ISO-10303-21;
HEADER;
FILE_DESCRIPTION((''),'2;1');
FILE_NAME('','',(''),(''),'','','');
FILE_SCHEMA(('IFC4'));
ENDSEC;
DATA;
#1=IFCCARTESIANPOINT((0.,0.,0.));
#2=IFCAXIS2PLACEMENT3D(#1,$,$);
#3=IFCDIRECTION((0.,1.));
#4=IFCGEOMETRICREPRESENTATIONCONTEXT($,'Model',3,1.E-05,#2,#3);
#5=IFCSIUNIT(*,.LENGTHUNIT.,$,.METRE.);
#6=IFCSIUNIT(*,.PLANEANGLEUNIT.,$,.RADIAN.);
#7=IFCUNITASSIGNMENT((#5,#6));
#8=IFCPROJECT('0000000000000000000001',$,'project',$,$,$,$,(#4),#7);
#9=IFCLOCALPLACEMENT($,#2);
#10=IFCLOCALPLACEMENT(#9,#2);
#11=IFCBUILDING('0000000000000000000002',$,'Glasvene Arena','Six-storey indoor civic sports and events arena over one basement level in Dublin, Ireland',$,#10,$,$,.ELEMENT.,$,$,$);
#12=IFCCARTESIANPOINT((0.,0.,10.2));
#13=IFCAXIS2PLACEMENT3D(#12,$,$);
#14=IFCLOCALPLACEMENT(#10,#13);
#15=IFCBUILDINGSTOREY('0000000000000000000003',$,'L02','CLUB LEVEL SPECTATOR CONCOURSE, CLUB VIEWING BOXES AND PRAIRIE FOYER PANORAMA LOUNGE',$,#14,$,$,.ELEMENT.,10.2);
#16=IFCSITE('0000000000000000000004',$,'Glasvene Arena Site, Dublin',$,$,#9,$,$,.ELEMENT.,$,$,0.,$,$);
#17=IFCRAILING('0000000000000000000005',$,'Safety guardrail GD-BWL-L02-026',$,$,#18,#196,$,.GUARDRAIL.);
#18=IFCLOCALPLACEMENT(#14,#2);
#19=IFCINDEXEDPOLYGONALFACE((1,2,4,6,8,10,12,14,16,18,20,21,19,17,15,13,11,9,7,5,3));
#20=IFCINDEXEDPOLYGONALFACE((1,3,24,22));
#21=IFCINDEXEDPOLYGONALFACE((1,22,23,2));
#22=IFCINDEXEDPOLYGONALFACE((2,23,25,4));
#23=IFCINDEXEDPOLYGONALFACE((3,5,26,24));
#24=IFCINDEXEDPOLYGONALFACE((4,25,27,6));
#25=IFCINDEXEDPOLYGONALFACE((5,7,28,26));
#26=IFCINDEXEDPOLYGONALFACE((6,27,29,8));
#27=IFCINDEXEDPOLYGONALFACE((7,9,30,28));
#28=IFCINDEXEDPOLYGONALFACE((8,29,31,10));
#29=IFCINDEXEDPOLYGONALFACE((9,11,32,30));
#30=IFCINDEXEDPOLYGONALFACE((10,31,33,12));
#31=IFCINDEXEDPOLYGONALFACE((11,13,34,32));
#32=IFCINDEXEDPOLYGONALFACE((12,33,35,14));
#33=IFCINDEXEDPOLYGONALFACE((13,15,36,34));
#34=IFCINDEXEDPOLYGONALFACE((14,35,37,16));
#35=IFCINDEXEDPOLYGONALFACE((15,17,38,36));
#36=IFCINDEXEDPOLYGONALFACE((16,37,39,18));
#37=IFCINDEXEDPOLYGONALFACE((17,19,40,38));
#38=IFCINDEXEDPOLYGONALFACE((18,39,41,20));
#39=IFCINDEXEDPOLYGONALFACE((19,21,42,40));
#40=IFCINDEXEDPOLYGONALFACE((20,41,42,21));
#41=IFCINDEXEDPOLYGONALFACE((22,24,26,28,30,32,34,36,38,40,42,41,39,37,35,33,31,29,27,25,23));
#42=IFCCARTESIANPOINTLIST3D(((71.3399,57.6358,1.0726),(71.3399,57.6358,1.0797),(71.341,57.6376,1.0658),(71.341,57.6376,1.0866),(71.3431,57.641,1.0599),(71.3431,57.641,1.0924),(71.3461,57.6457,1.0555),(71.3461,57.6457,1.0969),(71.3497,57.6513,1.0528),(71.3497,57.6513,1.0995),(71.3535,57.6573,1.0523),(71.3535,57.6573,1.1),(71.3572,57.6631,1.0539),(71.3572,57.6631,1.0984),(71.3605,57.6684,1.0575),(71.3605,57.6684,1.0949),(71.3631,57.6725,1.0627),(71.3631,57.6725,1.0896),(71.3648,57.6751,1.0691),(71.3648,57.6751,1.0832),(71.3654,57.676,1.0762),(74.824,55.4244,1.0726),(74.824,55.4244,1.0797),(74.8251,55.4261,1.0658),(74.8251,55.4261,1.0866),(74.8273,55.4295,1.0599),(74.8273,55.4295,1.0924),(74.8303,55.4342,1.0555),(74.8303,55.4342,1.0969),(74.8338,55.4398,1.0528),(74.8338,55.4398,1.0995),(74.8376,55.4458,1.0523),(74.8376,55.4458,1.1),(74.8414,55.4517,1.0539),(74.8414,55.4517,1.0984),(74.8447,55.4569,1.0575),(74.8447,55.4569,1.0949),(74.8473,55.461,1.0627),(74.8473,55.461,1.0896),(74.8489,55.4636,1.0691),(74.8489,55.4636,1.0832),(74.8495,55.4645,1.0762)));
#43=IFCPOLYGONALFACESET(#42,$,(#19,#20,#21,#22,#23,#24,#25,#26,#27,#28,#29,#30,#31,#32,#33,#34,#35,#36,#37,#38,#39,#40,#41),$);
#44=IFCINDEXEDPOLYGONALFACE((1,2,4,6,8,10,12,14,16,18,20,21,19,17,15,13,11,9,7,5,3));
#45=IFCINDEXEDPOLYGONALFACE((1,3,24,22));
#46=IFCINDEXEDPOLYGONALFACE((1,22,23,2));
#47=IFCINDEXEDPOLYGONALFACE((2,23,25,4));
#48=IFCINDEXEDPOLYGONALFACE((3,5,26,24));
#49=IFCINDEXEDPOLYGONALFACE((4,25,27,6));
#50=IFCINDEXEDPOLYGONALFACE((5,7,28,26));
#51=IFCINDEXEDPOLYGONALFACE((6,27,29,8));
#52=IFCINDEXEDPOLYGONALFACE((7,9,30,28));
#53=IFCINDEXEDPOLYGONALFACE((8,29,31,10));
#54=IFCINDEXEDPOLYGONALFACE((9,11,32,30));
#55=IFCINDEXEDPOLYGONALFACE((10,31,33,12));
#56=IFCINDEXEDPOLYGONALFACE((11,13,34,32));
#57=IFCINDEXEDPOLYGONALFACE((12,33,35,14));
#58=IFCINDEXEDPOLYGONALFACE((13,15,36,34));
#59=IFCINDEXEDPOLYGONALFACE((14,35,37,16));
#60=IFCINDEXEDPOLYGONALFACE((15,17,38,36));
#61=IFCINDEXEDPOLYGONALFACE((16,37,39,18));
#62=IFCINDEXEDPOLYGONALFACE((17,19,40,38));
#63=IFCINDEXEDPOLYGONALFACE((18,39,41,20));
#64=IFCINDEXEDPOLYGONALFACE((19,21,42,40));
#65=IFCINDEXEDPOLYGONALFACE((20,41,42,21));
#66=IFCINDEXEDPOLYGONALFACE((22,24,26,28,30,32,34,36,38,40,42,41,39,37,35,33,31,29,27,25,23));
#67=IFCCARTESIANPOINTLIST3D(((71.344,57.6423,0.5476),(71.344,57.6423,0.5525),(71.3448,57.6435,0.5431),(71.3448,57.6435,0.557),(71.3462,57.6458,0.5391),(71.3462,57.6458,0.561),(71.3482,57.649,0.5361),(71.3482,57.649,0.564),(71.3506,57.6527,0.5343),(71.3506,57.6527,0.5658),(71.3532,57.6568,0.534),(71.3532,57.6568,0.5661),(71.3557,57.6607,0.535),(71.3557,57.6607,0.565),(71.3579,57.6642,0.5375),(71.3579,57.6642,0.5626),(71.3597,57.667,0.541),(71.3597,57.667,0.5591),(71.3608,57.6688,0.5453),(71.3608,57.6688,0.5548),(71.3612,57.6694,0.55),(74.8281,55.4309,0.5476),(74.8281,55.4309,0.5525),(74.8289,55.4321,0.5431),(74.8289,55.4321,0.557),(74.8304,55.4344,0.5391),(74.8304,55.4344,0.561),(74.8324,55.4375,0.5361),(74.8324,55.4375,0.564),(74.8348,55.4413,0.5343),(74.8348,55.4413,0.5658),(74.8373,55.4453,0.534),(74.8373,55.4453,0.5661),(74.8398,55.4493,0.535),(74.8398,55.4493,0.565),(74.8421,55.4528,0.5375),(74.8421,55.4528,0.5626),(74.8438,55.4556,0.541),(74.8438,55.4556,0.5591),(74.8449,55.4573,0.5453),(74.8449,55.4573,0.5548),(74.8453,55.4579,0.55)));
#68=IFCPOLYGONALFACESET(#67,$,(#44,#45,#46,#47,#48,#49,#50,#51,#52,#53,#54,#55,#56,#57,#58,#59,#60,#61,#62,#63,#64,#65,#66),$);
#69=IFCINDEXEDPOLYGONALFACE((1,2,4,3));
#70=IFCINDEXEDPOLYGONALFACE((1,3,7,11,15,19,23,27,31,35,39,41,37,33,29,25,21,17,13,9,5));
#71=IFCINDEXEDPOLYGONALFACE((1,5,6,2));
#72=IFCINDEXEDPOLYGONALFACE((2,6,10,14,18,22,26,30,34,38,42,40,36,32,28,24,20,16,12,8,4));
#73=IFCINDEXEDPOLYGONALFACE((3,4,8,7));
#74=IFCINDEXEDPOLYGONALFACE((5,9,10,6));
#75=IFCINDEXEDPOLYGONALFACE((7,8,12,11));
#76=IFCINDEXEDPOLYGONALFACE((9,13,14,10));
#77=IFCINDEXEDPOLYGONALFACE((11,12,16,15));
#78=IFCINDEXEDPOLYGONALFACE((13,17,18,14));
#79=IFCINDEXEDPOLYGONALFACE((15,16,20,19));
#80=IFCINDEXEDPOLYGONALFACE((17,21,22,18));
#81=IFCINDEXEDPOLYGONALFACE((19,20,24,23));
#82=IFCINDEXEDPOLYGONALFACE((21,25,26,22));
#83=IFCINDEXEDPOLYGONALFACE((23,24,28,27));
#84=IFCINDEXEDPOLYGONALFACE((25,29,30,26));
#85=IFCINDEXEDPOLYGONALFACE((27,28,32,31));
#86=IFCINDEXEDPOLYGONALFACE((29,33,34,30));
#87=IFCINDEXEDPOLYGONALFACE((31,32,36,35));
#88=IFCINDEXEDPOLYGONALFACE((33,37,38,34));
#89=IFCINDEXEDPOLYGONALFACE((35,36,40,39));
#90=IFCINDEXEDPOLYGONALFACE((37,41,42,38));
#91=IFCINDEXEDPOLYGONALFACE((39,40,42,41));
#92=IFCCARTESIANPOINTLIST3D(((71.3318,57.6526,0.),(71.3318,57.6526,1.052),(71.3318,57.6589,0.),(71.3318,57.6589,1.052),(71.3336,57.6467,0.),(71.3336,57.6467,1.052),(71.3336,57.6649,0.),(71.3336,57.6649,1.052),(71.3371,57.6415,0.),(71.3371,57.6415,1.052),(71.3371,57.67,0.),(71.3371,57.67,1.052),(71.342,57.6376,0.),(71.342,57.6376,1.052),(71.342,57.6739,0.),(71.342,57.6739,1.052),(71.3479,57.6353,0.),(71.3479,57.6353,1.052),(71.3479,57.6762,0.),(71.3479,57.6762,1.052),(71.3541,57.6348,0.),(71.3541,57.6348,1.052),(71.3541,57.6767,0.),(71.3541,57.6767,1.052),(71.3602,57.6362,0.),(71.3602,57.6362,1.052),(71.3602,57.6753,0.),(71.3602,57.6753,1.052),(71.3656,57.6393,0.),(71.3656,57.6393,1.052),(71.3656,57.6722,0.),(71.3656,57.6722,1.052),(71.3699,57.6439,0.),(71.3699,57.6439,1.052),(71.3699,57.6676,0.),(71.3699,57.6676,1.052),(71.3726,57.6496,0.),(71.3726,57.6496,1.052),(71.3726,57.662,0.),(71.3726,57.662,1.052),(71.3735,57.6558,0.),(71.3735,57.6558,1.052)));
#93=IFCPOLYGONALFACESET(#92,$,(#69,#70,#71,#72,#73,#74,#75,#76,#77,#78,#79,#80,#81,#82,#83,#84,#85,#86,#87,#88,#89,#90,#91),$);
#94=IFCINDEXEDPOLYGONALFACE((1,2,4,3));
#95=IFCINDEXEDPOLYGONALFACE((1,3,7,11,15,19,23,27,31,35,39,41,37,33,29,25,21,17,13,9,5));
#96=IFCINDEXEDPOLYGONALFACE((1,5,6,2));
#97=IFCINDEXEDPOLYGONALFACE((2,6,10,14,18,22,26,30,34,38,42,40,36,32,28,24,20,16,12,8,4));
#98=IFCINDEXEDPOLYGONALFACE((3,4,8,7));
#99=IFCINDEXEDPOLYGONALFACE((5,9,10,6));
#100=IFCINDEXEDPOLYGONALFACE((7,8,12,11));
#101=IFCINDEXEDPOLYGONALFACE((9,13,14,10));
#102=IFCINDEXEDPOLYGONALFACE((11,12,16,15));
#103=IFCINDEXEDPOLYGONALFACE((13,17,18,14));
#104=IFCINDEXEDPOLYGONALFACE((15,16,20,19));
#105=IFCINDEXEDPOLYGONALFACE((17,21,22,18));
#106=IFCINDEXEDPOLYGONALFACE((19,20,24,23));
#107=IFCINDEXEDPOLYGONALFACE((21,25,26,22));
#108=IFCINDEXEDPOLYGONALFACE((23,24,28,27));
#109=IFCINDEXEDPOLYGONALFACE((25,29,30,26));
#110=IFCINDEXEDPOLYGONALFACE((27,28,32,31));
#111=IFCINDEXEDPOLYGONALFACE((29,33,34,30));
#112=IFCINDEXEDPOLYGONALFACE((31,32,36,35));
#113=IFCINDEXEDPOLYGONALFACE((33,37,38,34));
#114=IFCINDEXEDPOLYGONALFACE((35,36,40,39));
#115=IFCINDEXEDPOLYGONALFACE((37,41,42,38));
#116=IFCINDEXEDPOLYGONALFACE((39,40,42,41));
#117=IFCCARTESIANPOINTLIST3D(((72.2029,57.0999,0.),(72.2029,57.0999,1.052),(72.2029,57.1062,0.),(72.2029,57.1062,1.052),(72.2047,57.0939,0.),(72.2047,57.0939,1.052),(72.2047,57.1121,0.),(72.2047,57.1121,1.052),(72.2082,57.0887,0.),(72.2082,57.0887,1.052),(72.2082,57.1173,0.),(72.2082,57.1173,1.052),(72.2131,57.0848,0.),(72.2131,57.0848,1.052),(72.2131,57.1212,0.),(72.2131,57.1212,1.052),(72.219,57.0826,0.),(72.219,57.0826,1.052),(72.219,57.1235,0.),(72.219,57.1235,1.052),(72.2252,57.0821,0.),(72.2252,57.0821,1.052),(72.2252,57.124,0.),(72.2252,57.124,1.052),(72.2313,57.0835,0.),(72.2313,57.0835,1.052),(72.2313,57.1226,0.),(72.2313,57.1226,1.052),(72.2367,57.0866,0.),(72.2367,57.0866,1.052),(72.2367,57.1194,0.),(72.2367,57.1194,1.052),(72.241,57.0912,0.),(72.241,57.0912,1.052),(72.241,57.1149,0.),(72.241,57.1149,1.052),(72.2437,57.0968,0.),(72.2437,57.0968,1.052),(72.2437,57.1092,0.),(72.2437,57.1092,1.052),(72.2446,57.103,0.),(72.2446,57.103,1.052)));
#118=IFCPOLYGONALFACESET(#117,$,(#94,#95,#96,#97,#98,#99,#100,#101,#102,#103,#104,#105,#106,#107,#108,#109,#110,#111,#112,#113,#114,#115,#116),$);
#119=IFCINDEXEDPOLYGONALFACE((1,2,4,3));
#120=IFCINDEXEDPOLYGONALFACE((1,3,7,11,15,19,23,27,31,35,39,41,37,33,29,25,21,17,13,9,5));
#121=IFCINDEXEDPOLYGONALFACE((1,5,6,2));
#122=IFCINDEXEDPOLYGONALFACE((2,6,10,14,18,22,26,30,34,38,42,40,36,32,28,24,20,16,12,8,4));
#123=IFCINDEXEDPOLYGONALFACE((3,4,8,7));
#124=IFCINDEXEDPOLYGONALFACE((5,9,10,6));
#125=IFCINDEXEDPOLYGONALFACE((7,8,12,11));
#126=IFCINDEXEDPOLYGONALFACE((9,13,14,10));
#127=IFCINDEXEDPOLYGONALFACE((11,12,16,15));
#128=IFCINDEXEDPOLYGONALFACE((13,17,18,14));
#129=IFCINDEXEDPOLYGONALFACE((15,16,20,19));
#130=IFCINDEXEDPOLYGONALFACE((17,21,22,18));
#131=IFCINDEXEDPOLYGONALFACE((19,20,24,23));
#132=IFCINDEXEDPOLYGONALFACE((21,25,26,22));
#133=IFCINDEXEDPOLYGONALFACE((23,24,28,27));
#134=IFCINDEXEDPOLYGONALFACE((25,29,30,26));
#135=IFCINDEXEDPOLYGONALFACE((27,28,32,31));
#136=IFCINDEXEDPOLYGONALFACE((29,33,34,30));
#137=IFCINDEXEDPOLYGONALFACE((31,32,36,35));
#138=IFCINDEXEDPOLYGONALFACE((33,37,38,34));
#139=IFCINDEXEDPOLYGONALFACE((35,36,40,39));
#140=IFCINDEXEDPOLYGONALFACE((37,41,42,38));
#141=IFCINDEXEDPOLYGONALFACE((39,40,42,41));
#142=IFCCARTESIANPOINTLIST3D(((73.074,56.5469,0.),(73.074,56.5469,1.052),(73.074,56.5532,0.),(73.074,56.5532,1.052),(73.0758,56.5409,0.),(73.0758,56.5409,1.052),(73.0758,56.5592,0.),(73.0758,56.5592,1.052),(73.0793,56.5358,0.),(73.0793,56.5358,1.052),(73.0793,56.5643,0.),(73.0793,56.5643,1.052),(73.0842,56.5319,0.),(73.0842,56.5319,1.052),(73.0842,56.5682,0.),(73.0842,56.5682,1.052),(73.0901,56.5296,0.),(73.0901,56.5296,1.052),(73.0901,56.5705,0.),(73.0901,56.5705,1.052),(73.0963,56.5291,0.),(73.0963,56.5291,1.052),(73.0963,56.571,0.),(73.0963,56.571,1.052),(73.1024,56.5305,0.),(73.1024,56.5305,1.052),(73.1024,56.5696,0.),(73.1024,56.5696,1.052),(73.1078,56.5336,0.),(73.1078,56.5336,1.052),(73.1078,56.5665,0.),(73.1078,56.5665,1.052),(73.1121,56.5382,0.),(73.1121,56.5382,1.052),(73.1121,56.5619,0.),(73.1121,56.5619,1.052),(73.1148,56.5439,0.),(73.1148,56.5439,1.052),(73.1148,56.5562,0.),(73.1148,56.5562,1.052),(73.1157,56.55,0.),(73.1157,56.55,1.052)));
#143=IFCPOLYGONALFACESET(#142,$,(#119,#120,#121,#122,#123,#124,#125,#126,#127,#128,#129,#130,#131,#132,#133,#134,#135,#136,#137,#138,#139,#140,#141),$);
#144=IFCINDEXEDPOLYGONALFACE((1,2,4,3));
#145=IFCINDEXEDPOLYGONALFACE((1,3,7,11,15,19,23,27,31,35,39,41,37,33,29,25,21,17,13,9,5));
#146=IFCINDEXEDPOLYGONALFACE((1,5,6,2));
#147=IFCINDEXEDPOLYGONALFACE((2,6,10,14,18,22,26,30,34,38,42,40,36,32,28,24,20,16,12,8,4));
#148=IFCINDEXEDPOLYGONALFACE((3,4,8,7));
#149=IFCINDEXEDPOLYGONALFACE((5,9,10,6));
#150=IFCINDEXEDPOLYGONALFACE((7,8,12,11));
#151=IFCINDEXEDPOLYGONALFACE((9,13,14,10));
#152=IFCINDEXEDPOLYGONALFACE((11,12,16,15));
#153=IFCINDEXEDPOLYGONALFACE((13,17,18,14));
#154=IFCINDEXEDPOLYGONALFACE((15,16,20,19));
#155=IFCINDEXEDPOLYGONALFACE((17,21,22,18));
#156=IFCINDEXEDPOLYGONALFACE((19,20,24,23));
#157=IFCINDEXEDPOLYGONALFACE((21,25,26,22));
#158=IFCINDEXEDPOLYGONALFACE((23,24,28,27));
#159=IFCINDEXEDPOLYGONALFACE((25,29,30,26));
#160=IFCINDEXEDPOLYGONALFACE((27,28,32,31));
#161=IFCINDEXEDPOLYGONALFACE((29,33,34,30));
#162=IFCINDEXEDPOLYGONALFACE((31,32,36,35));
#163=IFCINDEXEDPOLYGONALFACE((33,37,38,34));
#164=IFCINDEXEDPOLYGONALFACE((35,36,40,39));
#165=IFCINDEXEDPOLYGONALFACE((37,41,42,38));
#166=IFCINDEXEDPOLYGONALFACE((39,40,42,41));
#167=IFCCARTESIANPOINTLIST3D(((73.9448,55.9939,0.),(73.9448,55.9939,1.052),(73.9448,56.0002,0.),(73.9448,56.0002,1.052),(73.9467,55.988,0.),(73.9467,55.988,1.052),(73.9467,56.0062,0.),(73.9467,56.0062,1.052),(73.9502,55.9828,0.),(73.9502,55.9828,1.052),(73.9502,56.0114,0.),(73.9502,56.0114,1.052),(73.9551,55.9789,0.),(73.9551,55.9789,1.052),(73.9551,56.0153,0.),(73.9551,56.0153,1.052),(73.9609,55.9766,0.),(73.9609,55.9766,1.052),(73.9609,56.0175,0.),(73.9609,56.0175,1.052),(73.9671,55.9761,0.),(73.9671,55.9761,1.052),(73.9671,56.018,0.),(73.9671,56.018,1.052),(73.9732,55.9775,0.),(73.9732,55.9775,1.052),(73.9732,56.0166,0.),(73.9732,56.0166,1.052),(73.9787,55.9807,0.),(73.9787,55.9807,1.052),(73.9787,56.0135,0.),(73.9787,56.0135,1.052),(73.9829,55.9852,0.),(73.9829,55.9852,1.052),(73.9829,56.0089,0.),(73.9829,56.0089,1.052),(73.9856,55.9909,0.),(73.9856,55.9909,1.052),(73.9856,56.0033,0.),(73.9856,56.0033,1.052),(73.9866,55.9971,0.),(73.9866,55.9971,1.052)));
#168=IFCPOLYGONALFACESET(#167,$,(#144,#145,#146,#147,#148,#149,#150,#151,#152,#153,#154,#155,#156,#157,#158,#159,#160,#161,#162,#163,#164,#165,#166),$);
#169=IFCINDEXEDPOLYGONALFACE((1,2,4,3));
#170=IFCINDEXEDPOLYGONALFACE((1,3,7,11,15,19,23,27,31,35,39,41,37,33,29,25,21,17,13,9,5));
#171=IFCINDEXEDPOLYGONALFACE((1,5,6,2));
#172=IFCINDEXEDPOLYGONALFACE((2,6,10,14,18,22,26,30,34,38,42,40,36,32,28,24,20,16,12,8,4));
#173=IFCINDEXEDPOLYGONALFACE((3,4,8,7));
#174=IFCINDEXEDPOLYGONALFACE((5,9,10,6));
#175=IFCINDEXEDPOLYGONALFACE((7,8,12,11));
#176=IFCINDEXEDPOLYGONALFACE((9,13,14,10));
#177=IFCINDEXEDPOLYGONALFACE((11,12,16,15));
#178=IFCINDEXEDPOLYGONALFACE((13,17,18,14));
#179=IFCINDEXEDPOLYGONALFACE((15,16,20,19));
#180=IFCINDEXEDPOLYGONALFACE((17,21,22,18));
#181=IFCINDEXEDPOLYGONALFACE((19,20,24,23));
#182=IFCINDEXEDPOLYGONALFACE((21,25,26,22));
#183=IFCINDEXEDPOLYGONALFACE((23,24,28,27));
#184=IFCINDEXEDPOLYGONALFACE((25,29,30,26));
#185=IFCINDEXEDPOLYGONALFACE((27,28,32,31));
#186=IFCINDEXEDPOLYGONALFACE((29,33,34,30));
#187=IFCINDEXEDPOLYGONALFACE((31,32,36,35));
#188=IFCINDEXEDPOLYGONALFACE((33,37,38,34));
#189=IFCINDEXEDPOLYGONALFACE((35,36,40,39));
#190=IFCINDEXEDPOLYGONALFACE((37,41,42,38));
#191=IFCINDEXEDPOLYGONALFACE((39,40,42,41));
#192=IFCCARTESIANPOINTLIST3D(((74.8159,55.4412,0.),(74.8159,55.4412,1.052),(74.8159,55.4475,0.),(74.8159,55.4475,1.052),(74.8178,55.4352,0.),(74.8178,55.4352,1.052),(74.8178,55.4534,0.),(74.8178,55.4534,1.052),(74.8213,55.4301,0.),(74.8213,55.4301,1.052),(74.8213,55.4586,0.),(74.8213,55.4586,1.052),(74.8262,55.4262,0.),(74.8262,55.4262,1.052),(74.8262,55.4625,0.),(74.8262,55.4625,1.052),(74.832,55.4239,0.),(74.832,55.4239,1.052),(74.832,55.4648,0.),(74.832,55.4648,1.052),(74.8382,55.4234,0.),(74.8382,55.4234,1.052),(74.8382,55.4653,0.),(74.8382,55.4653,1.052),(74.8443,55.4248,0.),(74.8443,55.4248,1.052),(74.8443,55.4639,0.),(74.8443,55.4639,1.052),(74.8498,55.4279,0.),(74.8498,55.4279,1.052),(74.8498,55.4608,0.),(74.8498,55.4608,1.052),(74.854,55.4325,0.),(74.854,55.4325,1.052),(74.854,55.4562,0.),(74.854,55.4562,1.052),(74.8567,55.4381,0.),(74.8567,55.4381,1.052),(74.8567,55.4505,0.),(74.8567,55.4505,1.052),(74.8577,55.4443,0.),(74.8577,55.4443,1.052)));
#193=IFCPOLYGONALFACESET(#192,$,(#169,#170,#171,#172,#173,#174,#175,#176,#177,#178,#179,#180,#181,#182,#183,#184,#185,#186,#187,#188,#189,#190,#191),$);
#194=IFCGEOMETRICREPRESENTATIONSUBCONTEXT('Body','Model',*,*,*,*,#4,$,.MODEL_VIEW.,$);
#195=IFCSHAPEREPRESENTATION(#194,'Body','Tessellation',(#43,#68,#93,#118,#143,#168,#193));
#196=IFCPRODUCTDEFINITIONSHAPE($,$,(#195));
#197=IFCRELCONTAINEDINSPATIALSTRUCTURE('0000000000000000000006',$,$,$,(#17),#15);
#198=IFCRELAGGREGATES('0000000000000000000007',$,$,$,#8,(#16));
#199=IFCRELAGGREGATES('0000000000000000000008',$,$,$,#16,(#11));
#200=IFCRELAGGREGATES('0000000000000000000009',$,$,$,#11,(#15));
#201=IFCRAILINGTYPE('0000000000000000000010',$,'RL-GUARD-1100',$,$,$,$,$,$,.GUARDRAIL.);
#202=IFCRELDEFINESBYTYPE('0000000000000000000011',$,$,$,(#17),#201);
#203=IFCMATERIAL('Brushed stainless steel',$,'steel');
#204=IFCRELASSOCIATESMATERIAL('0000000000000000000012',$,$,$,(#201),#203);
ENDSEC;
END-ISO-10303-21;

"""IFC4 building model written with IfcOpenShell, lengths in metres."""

from ifc_helpers import new_model, si_unit, direction, frame, origin, origin_2d, place, context, subcontext, project, spatial, circle, extrude, material, type_object, element, save


model = new_model("IFC4")

# Units and contexts
model_context = context("Model", 3, precision=1e-05, world=origin(), true_north=direction((0.0, 1.0)))
body_context = subcontext(model_context, "Body", "Model", "MODEL_VIEW")
ifc_project = project(units=[si_unit("LENGTHUNIT", "METRE"), si_unit("PLANEANGLEUNIT", "RADIAN")], contexts=[model_context])

# Site, building, storey
site_placement = place(None, origin())
site = spatial("IfcSite", under=ifc_project, at=site_placement, Name="Glasvene Arena Site, Dublin", CompositionType="ELEMENT", RefElevation=0.0)
building_placement = place(site_placement, origin())
building = spatial("IfcBuilding", under=site, at=building_placement, Name="Glasvene Arena", Description="Six-storey indoor civic sports and events arena over one basement level in Dublin, Ireland", CompositionType="ELEMENT")
storey_placement = place(building_placement, frame((0.0, 0.0, 10.2)))
storey = spatial("IfcBuildingStorey", under=building, at=storey_placement, Name="L02", Description="CLUB LEVEL SPECTATOR CONCOURSE, CLUB VIEWING BOXES AND PRAIRIE FOYER PANORAMA LOUNGE", CompositionType="ELEMENT", Elevation=10.2)

# Railing
ifc_material_1 = material(Name="Brushed stainless steel", Category="steel")
railing_type = type_object("IfcRailingType", Name="RL-GUARD-1100", PredefinedType="GUARDRAIL", material=ifc_material_1)
railing_1_placement = place(storey_placement, frame((71.3525, 57.6558, 0.0)))
element("IfcRailing", 1, at=railing_1_placement, inside=storey, type_object=railing_type, Name="Safety guardrail GD-BWL-L02-026", PredefinedType="GUARDRAIL", context=body_context, shape_type="SweptSolid", body=[
    extrude(circle(Radius=0.0239, at=origin_2d()), frame((0.0, 0.0, 1.0762), z_axis=(0.844292, -0.535884, 0.0), x_axis=(0.535884, 0.844292, 0.0)), (0.0, 0.0, 1.0), 4.1267),
    extrude(circle(Radius=0.0161, at=origin_2d()), frame((0.0, 0.0, 0.55), z_axis=(0.844292, -0.535884, 0.0), x_axis=(0.535884, 0.844292, 0.0)), (0.0, 0.0, 1.0), 4.1267),
    extrude(circle(Radius=0.021, at=origin_2d()), origin(), (0.0, 0.0, 1.0), 1.052),
    extrude(circle(Radius=0.021, at=origin_2d()), frame((0.8711, -0.5527, 0.0)), (0.0, 0.0, 1.0), 1.052),
    extrude(circle(Radius=0.021, at=origin_2d()), frame((1.7422, -1.1057, 0.0)), (0.0, 0.0, 1.0), 1.052),
    extrude(circle(Radius=0.021, at=origin_2d()), frame((2.613, -1.6587, 0.0)), (0.0, 0.0, 1.0), 1.052),
    extrude(circle(Radius=0.021, at=origin_2d()), frame((3.4841, -2.2114, 0.0)), (0.0, 0.0, 1.0), 1.052),
])

save(model, "model.ifc")
